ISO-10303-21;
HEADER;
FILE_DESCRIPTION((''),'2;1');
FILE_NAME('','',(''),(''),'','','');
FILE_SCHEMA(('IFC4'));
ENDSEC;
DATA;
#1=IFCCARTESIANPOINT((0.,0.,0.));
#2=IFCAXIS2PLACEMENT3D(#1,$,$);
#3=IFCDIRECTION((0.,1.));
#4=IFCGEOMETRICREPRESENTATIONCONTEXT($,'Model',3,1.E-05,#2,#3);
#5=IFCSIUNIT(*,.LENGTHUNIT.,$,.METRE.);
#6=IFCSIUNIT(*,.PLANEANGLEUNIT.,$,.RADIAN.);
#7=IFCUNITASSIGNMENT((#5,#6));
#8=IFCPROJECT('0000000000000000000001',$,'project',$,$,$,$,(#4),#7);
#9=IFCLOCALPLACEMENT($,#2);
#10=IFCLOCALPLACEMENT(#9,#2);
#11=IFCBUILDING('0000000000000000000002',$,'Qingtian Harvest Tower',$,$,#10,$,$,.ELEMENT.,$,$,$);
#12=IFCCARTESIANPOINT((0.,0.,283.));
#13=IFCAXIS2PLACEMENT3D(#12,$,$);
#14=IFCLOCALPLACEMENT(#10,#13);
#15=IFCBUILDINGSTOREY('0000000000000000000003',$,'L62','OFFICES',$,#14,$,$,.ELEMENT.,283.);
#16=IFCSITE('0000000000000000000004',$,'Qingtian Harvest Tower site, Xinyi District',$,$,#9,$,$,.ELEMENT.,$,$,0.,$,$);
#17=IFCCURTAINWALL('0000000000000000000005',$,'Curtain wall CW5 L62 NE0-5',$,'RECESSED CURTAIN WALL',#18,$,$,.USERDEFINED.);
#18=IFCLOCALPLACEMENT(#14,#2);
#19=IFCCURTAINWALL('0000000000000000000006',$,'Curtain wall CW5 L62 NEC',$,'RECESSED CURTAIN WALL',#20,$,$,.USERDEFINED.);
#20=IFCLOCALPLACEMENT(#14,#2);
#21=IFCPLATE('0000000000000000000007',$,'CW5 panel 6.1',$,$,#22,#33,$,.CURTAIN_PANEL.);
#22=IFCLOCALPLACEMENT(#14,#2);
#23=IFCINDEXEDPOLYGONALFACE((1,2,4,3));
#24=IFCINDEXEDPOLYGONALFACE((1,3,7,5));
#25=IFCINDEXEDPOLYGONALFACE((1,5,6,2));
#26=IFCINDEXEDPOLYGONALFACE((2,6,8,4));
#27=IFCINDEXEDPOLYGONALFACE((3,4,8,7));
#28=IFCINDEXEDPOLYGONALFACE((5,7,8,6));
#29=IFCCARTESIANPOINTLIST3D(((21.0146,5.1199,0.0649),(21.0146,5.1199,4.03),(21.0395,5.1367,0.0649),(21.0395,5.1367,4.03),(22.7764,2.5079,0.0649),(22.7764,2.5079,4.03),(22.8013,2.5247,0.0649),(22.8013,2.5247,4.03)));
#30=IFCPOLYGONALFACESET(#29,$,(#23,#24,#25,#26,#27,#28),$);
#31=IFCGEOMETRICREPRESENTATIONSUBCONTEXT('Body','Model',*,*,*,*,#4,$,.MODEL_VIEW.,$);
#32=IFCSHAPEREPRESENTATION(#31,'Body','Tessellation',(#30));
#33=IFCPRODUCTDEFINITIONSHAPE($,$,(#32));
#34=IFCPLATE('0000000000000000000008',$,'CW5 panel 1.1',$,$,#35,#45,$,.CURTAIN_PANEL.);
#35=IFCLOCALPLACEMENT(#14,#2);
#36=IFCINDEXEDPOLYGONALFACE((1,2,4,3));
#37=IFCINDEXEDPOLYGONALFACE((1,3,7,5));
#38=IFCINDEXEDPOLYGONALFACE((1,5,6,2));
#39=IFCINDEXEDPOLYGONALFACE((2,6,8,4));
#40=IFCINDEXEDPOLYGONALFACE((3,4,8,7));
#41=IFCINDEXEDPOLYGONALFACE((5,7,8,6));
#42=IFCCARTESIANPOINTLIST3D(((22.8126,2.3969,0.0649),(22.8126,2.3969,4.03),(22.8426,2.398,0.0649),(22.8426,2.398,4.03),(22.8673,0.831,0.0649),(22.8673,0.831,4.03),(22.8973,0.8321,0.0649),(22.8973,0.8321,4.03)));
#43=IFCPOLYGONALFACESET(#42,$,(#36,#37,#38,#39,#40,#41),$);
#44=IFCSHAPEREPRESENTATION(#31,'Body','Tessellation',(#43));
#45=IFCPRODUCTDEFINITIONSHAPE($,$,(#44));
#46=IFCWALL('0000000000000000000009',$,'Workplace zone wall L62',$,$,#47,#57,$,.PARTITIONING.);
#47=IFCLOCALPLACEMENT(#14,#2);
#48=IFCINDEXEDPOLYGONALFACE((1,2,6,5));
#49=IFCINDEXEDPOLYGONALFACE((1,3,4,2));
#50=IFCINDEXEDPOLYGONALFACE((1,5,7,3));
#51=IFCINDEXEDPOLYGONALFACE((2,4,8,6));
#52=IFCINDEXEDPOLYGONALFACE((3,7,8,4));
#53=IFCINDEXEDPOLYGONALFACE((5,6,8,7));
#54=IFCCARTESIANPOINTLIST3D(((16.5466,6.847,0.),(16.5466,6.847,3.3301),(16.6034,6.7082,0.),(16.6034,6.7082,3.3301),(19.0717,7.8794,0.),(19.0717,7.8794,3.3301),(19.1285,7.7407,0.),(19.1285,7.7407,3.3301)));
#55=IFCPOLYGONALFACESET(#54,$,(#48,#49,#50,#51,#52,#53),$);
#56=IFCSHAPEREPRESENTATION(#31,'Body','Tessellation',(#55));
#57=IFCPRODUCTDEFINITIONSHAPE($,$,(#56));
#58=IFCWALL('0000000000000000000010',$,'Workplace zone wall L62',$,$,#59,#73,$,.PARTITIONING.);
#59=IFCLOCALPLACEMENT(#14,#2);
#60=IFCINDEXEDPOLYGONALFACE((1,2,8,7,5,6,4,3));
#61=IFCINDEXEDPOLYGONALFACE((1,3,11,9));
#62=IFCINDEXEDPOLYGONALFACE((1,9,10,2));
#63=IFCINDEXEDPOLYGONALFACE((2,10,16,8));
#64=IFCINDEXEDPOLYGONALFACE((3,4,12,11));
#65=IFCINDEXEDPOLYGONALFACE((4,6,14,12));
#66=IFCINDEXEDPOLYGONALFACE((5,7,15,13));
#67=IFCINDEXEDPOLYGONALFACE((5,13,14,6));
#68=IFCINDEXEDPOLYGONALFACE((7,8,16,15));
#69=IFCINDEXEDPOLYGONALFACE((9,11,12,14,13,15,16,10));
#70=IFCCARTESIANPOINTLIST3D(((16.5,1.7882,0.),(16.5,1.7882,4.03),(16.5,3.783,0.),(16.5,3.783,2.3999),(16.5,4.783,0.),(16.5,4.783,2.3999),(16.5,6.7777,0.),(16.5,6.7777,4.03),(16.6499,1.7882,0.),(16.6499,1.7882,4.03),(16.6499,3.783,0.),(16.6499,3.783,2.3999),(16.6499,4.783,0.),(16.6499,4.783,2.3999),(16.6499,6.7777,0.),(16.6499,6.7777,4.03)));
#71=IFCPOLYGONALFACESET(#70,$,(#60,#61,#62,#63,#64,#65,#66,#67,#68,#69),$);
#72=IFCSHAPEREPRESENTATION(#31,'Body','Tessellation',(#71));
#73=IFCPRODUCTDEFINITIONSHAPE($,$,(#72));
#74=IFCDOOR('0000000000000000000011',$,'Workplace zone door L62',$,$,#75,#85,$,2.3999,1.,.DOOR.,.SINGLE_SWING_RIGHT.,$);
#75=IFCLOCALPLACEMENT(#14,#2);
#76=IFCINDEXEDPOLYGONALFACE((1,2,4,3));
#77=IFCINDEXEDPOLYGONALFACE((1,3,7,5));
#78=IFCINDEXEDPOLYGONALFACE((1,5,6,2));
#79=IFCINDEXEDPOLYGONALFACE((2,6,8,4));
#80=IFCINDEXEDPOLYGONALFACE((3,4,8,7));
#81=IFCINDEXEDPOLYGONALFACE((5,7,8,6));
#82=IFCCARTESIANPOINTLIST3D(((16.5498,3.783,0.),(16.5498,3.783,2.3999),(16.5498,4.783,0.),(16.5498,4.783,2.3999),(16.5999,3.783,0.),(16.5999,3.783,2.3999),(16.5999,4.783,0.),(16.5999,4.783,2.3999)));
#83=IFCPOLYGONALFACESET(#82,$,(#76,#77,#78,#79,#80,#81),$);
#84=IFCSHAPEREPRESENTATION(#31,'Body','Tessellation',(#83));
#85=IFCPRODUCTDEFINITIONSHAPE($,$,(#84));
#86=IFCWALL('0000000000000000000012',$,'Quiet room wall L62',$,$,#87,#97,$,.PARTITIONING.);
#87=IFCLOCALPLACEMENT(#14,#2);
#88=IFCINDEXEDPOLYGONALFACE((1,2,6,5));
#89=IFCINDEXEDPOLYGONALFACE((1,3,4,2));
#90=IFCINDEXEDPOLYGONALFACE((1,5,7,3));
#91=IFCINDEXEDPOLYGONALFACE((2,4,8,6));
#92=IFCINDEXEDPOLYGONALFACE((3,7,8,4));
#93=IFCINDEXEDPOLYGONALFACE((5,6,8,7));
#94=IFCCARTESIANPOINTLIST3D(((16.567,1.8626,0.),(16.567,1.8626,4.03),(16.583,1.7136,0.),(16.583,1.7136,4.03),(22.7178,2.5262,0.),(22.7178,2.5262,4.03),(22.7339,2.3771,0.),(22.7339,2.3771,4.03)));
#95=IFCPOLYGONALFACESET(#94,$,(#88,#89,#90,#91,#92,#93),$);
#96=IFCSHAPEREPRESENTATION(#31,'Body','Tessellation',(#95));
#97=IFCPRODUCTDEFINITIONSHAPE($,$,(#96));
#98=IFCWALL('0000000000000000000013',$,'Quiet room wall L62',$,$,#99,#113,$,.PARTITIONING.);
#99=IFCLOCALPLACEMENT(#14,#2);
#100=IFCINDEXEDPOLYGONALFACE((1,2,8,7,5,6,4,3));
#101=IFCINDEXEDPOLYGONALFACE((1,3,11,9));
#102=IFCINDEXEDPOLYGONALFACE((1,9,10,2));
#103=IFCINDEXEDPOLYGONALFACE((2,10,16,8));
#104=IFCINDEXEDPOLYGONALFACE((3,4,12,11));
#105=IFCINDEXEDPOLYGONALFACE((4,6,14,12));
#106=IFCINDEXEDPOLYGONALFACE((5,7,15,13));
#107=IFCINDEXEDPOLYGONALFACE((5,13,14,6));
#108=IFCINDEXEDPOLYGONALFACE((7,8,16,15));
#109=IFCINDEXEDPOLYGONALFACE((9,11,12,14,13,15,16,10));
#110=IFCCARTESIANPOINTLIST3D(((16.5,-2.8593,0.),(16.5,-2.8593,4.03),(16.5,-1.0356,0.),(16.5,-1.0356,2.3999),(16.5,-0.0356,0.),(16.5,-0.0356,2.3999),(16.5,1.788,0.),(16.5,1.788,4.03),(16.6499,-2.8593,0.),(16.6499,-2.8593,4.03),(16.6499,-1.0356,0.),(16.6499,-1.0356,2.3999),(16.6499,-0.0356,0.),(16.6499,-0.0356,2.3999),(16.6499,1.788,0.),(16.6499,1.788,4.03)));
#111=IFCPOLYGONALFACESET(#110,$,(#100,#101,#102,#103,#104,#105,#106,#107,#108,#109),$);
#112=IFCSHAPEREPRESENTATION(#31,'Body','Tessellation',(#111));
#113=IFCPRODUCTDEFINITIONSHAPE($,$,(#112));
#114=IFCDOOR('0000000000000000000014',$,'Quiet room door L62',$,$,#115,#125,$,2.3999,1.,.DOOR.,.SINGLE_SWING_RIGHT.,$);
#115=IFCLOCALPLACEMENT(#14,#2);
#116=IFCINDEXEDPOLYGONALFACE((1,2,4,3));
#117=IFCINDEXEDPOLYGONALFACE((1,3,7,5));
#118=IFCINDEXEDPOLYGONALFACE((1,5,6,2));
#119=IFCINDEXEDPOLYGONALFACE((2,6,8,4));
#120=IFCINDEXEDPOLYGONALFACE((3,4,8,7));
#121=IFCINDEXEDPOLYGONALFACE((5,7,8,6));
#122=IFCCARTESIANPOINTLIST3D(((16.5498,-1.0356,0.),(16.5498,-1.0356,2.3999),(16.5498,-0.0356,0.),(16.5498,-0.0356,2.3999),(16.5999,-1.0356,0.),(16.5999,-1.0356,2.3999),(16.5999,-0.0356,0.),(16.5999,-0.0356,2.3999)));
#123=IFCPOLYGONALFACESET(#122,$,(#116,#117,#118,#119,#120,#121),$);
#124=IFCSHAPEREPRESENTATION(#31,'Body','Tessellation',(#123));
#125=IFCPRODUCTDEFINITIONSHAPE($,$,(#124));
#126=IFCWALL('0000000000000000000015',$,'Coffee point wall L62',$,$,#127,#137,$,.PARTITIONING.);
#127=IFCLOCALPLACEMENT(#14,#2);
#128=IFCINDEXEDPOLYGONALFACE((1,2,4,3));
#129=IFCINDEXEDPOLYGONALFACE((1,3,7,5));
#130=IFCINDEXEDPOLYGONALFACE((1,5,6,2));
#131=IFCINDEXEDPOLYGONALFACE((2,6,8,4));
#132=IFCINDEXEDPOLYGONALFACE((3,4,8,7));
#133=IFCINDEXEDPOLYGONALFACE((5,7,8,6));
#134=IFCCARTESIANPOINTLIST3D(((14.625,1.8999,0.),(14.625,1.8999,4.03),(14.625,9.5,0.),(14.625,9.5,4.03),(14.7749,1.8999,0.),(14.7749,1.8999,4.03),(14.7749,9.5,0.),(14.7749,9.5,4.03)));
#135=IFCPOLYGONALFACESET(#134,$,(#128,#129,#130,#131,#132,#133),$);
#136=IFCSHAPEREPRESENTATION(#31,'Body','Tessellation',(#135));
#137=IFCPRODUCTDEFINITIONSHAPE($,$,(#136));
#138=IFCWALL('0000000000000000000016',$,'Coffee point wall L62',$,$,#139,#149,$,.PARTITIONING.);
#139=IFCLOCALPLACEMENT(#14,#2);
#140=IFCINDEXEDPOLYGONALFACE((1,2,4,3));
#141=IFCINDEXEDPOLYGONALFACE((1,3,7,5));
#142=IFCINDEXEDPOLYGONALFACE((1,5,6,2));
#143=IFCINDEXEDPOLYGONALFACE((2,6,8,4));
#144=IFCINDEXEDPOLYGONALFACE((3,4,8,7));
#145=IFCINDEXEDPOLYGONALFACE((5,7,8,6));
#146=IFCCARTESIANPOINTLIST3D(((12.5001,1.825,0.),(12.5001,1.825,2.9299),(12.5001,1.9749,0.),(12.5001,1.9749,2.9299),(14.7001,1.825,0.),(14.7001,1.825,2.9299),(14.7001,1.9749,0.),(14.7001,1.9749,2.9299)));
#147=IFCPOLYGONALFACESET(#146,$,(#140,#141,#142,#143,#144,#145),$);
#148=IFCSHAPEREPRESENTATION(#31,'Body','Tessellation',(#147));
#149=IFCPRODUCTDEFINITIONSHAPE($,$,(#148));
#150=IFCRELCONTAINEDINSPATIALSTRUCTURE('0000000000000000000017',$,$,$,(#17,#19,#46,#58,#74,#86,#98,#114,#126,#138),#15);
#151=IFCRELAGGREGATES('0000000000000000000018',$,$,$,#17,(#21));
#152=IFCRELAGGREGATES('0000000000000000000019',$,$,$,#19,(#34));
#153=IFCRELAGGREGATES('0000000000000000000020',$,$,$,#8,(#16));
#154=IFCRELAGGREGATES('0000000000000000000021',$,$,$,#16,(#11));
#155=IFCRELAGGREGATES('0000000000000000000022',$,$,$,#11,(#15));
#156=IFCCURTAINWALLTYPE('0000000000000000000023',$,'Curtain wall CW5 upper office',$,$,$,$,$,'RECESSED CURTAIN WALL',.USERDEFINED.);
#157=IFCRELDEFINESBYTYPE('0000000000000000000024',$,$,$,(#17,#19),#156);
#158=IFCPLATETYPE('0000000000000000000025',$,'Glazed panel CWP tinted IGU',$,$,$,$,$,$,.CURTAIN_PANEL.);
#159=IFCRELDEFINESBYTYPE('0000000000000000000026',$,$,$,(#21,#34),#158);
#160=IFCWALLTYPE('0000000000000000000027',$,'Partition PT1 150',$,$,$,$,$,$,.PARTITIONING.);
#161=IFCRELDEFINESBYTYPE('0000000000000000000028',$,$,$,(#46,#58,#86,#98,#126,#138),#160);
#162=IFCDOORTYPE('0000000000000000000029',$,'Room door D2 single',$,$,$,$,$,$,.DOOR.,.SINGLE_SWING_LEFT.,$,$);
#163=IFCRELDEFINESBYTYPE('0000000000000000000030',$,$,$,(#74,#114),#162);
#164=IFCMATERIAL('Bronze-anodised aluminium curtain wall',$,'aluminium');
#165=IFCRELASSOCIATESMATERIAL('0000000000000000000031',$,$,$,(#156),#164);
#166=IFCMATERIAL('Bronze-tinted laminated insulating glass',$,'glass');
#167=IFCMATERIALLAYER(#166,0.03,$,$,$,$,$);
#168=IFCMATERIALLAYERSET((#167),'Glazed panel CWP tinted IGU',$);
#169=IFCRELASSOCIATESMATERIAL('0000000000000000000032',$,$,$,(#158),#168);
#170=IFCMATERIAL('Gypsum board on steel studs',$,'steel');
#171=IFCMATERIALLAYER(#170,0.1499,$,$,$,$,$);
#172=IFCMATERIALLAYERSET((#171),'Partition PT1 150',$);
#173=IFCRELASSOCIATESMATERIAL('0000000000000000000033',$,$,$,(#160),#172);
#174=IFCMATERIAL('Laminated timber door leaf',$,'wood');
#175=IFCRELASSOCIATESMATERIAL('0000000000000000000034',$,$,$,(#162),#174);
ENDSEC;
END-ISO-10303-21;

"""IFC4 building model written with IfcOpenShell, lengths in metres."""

from ifc_helpers import new_model, si_unit, direction, frame, frame_2d, origin, origin_2d, place, context, subcontext, project, spatial, rectangle, extrude, material, layer, layer_set, type_object, element, fill, aggregate, save


model = new_model("IFC4")

# Units and contexts
model_context = context("Model", 3, precision=1e-05, world=origin(), true_north=direction((0.0, 1.0)))
body_context = subcontext(model_context, "Body", "Model", "MODEL_VIEW")
ifc_project = project(units=[si_unit("LENGTHUNIT", "METRE"), si_unit("PLANEANGLEUNIT", "RADIAN")], contexts=[model_context])

# Site, building, storey
site_placement = place(None, origin())
site = spatial("IfcSite", under=ifc_project, at=site_placement, Name="Qingtian Harvest Tower site, Xinyi District", CompositionType="ELEMENT", RefElevation=0.0)
building_placement = place(site_placement, origin())
building = spatial("IfcBuilding", under=site, at=building_placement, Name="Qingtian Harvest Tower", CompositionType="ELEMENT")
storey_placement = place(building_placement, frame((0.0, 0.0, 283.0)))
storey = spatial("IfcBuildingStorey", under=building, at=storey_placement, Name="L62", Description="OFFICES", CompositionType="ELEMENT", Elevation=283.0)

# Curtain walls
ifc_material_1 = material(Name="Bronze-anodised aluminium curtain wall", Category="aluminium")
curtain_wall_type = type_object("IfcCurtainWallType", Name="Curtain wall CW5 upper office", ElementType="RECESSED CURTAIN WALL", PredefinedType="USERDEFINED", material=ifc_material_1)
curtain_wall_1_placement = place(storey_placement, origin())
curtain_wall_1 = element("IfcCurtainWall", 1, at=curtain_wall_1_placement, inside=storey, type_object=curtain_wall_type, Name="Curtain wall CW5 L62 NE0-5", ObjectType="RECESSED CURTAIN WALL", PredefinedType="USERDEFINED")
curtain_wall_2_placement = place(storey_placement, origin())
curtain_wall_2 = element("IfcCurtainWall", 2, at=curtain_wall_2_placement, inside=storey, type_object=curtain_wall_type, Name="Curtain wall CW5 L62 NEC", ObjectType="RECESSED CURTAIN WALL", PredefinedType="USERDEFINED")

# Plates
ifc_material_2 = material(Name="Bronze-tinted laminated insulating glass", Category="glass")
ifc_layer_1 = layer(ifc_material_2, 0.03)
ifc_layer_set_1 = layer_set([ifc_layer_1], Name="Glazed panel CWP tinted IGU")
plate_type = type_object("IfcPlateType", Name="Glazed panel CWP tinted IGU", PredefinedType="CURTAIN_PANEL", material=ifc_layer_set_1)
plate_1_placement = place(storey_placement, frame((21.908, 3.8223, 0.0649), z_axis=(0.0, 0.0, 1.0), x_axis=(0.559193, -0.829038, 0.0)))
plate_1 = element("IfcPlate", 3, at=plate_1_placement, type_object=plate_type, Name="CW5 panel 6.1", PredefinedType="CURTAIN_PANEL", context=body_context, shape_type="SweptSolid", body=[
    extrude(rectangle(XDim=3.1506, YDim=0.03, at=origin_2d()), origin(), (0.0, 0.0, 1.0), 3.9651),
])
aggregate(curtain_wall_1, [plate_1])
plate_2_placement = place(storey_placement, frame((22.855, 1.6145, 0.0649), z_axis=(0.0, 0.0, 1.0), x_axis=(0.034899, -0.999391, 0.0)))
plate_2 = element("IfcPlate", 4, at=plate_2_placement, type_object=plate_type, Name="CW5 panel 1.1", PredefinedType="CURTAIN_PANEL", context=body_context, shape_type="SweptSolid", body=[
    extrude(rectangle(XDim=1.5669, YDim=0.03, at=origin_2d()), origin(), (0.0, 0.0, 1.0), 3.9651),
])
aggregate(curtain_wall_2, [plate_2])

# Wall
ifc_material_3 = material(Name="Gypsum board on steel studs", Category="steel")
ifc_layer_2 = layer(ifc_material_3, 0.1499)
ifc_layer_set_2 = layer_set([ifc_layer_2], Name="Partition PT1 150")
wall_type = type_object("IfcWallType", Name="Partition PT1 150", PredefinedType="PARTITIONING", material=ifc_layer_set_2)
wall_1_placement = place(storey_placement, frame((19.1001, 7.8101, 0.0), z_axis=(0.0, 0.0, 1.0), x_axis=(-0.925617, -0.378462, 0.0)))
element("IfcWall", 5, at=wall_1_placement, inside=storey, type_object=wall_type, Name="Workplace zone wall L62", PredefinedType="PARTITIONING", context=body_context, shape_type="SweptSolid", body=[
    extrude(rectangle(XDim=2.728, YDim=0.1499, at=frame_2d((1.364, 0.0))), origin(), (0.0, 0.0, 1.0), 3.3301),
])

# Wall, opening, door
wall_2_placement = place(storey_placement, frame((16.575, 6.7776, 0.0), z_axis=(0.0, 0.0, 1.0), x_axis=(0.0, -1.0, 0.0)))
wall_2 = element("IfcWall", 6, at=wall_2_placement, inside=storey, type_object=wall_type, Name="Workplace zone wall L62", PredefinedType="PARTITIONING", context=body_context, shape_type="SweptSolid", body=[
    extrude(rectangle(XDim=4.9895, YDim=0.1499, at=frame_2d((2.4946, 0.0))), origin(), (0.0, 0.0, 1.0), 4.03),
])
opening_1_placement = place(wall_2_placement, frame((1.9946, 0.0, 0.0)))
opening_1 = element("IfcOpeningElement", 7, at=opening_1_placement, cuts=wall_2, PredefinedType="OPENING", context=body_context, shape_type="SweptSolid", body=[
    extrude(rectangle(XDim=1.0, YDim=2.3999, at=frame_2d((0.5, 1.2))), frame((0.0, 0.085, 0.0), z_axis=(0.0, -1.0, 0.0), x_axis=(1.0, 0.0, 0.0)), (0.0, 0.0, 1.0), 0.1699),
])
ifc_material_4 = material(Name="Laminated timber door leaf", Category="wood")
door_type = type_object("IfcDoorType", Name="Room door D2 single", OperationType="SINGLE_SWING_LEFT", PredefinedType="DOOR", material=ifc_material_4)
door_1_placement = place(opening_1_placement, origin())
door_1 = element("IfcDoor", 8, at=door_1_placement, inside=storey, type_object=door_type, Name="Workplace zone door L62", OperationType="SINGLE_SWING_RIGHT", OverallHeight=2.3999, OverallWidth=1.0, PredefinedType="DOOR", context=body_context, shape_type="SweptSolid", body=[
    extrude(rectangle(XDim=1.0, YDim=2.3999, at=frame_2d((0.5, 1.2))), frame((0.0, 0.0249, 0.0), z_axis=(0.0, -1.0, 0.0), x_axis=(1.0, 0.0, 0.0)), (0.0, 0.0, 1.0), 0.05),
])
fill(opening_1, door_1)

# Wall
wall_3_placement = place(storey_placement, frame((22.7258, 2.4517, 0.0), z_axis=(0.0, 0.0, 1.0), x_axis=(-0.994231, -0.10726, 0.0)))
element("IfcWall", 9, at=wall_3_placement, inside=storey, type_object=wall_type, Name="Quiet room wall L62", PredefinedType="PARTITIONING", context=body_context, shape_type="SweptSolid", body=[
    extrude(rectangle(XDim=6.1865, YDim=0.1499, at=frame_2d((3.0933, 0.0))), origin(), (0.0, 0.0, 1.0), 4.03),
])

# Wall, opening, door
wall_4_placement = place(storey_placement, frame((16.575, 1.7881, 0.0), z_axis=(0.0, 0.0, 1.0), x_axis=(0.0, -1.0, 0.0)))
wall_4 = element("IfcWall", 10, at=wall_4_placement, inside=storey, type_object=wall_type, Name="Quiet room wall L62", PredefinedType="PARTITIONING", context=body_context, shape_type="SweptSolid", body=[
    extrude(rectangle(XDim=4.6472, YDim=0.1499, at=frame_2d((2.3237, 0.0))), origin(), (0.0, 0.0, 1.0), 4.03),
])
opening_2_placement = place(wall_4_placement, frame((1.8237, 0.0, 0.0)))
opening_2 = element("IfcOpeningElement", 11, at=opening_2_placement, cuts=wall_4, PredefinedType="OPENING", context=body_context, shape_type="SweptSolid", body=[
    extrude(rectangle(XDim=1.0, YDim=2.3999, at=frame_2d((0.5, 1.2))), frame((0.0, 0.085, 0.0), z_axis=(0.0, -1.0, 0.0), x_axis=(1.0, 0.0, 0.0)), (0.0, 0.0, 1.0), 0.1699),
])
door_2_placement = place(opening_2_placement, origin())
door_2 = element("IfcDoor", 12, at=door_2_placement, inside=storey, type_object=door_type, Name="Quiet room door L62", OperationType="SINGLE_SWING_RIGHT", OverallHeight=2.3999, OverallWidth=1.0, PredefinedType="DOOR", context=body_context, shape_type="SweptSolid", body=[
    extrude(rectangle(XDim=1.0, YDim=2.3999, at=frame_2d((0.5, 1.2))), frame((0.0, 0.0249, 0.0), z_axis=(0.0, -1.0, 0.0), x_axis=(1.0, 0.0, 0.0)), (0.0, 0.0, 1.0), 0.05),
])
fill(opening_2, door_2)

# Walls
wall_5_placement = place(storey_placement, frame((14.7, 1.8999, 0.0), z_axis=(0.0, 0.0, 1.0), x_axis=(0.0, 1.0, 0.0)))
element("IfcWall", 13, at=wall_5_placement, inside=storey, type_object=wall_type, Name="Coffee point wall L62", PredefinedType="PARTITIONING", context=body_context, shape_type="SweptSolid", body=[
    extrude(rectangle(XDim=7.6001, YDim=0.1499, at=frame_2d((3.8, 0.0))), origin(), (0.0, 0.0, 1.0), 4.03),
])
wall_6_placement = place(storey_placement, frame((12.5, 1.8999, 0.0), z_axis=(0.0, 0.0, 1.0), x_axis=(1.0, 0.0, 0.0)))
element("IfcWall", 14, at=wall_6_placement, inside=storey, type_object=wall_type, Name="Coffee point wall L62", PredefinedType="PARTITIONING", context=body_context, shape_type="SweptSolid", body=[
    extrude(rectangle(XDim=2.2, YDim=0.1499, at=frame_2d((1.1001, 0.0))), origin(), (0.0, 0.0, 1.0), 2.9299),
])

save(model, "model.ifc")
